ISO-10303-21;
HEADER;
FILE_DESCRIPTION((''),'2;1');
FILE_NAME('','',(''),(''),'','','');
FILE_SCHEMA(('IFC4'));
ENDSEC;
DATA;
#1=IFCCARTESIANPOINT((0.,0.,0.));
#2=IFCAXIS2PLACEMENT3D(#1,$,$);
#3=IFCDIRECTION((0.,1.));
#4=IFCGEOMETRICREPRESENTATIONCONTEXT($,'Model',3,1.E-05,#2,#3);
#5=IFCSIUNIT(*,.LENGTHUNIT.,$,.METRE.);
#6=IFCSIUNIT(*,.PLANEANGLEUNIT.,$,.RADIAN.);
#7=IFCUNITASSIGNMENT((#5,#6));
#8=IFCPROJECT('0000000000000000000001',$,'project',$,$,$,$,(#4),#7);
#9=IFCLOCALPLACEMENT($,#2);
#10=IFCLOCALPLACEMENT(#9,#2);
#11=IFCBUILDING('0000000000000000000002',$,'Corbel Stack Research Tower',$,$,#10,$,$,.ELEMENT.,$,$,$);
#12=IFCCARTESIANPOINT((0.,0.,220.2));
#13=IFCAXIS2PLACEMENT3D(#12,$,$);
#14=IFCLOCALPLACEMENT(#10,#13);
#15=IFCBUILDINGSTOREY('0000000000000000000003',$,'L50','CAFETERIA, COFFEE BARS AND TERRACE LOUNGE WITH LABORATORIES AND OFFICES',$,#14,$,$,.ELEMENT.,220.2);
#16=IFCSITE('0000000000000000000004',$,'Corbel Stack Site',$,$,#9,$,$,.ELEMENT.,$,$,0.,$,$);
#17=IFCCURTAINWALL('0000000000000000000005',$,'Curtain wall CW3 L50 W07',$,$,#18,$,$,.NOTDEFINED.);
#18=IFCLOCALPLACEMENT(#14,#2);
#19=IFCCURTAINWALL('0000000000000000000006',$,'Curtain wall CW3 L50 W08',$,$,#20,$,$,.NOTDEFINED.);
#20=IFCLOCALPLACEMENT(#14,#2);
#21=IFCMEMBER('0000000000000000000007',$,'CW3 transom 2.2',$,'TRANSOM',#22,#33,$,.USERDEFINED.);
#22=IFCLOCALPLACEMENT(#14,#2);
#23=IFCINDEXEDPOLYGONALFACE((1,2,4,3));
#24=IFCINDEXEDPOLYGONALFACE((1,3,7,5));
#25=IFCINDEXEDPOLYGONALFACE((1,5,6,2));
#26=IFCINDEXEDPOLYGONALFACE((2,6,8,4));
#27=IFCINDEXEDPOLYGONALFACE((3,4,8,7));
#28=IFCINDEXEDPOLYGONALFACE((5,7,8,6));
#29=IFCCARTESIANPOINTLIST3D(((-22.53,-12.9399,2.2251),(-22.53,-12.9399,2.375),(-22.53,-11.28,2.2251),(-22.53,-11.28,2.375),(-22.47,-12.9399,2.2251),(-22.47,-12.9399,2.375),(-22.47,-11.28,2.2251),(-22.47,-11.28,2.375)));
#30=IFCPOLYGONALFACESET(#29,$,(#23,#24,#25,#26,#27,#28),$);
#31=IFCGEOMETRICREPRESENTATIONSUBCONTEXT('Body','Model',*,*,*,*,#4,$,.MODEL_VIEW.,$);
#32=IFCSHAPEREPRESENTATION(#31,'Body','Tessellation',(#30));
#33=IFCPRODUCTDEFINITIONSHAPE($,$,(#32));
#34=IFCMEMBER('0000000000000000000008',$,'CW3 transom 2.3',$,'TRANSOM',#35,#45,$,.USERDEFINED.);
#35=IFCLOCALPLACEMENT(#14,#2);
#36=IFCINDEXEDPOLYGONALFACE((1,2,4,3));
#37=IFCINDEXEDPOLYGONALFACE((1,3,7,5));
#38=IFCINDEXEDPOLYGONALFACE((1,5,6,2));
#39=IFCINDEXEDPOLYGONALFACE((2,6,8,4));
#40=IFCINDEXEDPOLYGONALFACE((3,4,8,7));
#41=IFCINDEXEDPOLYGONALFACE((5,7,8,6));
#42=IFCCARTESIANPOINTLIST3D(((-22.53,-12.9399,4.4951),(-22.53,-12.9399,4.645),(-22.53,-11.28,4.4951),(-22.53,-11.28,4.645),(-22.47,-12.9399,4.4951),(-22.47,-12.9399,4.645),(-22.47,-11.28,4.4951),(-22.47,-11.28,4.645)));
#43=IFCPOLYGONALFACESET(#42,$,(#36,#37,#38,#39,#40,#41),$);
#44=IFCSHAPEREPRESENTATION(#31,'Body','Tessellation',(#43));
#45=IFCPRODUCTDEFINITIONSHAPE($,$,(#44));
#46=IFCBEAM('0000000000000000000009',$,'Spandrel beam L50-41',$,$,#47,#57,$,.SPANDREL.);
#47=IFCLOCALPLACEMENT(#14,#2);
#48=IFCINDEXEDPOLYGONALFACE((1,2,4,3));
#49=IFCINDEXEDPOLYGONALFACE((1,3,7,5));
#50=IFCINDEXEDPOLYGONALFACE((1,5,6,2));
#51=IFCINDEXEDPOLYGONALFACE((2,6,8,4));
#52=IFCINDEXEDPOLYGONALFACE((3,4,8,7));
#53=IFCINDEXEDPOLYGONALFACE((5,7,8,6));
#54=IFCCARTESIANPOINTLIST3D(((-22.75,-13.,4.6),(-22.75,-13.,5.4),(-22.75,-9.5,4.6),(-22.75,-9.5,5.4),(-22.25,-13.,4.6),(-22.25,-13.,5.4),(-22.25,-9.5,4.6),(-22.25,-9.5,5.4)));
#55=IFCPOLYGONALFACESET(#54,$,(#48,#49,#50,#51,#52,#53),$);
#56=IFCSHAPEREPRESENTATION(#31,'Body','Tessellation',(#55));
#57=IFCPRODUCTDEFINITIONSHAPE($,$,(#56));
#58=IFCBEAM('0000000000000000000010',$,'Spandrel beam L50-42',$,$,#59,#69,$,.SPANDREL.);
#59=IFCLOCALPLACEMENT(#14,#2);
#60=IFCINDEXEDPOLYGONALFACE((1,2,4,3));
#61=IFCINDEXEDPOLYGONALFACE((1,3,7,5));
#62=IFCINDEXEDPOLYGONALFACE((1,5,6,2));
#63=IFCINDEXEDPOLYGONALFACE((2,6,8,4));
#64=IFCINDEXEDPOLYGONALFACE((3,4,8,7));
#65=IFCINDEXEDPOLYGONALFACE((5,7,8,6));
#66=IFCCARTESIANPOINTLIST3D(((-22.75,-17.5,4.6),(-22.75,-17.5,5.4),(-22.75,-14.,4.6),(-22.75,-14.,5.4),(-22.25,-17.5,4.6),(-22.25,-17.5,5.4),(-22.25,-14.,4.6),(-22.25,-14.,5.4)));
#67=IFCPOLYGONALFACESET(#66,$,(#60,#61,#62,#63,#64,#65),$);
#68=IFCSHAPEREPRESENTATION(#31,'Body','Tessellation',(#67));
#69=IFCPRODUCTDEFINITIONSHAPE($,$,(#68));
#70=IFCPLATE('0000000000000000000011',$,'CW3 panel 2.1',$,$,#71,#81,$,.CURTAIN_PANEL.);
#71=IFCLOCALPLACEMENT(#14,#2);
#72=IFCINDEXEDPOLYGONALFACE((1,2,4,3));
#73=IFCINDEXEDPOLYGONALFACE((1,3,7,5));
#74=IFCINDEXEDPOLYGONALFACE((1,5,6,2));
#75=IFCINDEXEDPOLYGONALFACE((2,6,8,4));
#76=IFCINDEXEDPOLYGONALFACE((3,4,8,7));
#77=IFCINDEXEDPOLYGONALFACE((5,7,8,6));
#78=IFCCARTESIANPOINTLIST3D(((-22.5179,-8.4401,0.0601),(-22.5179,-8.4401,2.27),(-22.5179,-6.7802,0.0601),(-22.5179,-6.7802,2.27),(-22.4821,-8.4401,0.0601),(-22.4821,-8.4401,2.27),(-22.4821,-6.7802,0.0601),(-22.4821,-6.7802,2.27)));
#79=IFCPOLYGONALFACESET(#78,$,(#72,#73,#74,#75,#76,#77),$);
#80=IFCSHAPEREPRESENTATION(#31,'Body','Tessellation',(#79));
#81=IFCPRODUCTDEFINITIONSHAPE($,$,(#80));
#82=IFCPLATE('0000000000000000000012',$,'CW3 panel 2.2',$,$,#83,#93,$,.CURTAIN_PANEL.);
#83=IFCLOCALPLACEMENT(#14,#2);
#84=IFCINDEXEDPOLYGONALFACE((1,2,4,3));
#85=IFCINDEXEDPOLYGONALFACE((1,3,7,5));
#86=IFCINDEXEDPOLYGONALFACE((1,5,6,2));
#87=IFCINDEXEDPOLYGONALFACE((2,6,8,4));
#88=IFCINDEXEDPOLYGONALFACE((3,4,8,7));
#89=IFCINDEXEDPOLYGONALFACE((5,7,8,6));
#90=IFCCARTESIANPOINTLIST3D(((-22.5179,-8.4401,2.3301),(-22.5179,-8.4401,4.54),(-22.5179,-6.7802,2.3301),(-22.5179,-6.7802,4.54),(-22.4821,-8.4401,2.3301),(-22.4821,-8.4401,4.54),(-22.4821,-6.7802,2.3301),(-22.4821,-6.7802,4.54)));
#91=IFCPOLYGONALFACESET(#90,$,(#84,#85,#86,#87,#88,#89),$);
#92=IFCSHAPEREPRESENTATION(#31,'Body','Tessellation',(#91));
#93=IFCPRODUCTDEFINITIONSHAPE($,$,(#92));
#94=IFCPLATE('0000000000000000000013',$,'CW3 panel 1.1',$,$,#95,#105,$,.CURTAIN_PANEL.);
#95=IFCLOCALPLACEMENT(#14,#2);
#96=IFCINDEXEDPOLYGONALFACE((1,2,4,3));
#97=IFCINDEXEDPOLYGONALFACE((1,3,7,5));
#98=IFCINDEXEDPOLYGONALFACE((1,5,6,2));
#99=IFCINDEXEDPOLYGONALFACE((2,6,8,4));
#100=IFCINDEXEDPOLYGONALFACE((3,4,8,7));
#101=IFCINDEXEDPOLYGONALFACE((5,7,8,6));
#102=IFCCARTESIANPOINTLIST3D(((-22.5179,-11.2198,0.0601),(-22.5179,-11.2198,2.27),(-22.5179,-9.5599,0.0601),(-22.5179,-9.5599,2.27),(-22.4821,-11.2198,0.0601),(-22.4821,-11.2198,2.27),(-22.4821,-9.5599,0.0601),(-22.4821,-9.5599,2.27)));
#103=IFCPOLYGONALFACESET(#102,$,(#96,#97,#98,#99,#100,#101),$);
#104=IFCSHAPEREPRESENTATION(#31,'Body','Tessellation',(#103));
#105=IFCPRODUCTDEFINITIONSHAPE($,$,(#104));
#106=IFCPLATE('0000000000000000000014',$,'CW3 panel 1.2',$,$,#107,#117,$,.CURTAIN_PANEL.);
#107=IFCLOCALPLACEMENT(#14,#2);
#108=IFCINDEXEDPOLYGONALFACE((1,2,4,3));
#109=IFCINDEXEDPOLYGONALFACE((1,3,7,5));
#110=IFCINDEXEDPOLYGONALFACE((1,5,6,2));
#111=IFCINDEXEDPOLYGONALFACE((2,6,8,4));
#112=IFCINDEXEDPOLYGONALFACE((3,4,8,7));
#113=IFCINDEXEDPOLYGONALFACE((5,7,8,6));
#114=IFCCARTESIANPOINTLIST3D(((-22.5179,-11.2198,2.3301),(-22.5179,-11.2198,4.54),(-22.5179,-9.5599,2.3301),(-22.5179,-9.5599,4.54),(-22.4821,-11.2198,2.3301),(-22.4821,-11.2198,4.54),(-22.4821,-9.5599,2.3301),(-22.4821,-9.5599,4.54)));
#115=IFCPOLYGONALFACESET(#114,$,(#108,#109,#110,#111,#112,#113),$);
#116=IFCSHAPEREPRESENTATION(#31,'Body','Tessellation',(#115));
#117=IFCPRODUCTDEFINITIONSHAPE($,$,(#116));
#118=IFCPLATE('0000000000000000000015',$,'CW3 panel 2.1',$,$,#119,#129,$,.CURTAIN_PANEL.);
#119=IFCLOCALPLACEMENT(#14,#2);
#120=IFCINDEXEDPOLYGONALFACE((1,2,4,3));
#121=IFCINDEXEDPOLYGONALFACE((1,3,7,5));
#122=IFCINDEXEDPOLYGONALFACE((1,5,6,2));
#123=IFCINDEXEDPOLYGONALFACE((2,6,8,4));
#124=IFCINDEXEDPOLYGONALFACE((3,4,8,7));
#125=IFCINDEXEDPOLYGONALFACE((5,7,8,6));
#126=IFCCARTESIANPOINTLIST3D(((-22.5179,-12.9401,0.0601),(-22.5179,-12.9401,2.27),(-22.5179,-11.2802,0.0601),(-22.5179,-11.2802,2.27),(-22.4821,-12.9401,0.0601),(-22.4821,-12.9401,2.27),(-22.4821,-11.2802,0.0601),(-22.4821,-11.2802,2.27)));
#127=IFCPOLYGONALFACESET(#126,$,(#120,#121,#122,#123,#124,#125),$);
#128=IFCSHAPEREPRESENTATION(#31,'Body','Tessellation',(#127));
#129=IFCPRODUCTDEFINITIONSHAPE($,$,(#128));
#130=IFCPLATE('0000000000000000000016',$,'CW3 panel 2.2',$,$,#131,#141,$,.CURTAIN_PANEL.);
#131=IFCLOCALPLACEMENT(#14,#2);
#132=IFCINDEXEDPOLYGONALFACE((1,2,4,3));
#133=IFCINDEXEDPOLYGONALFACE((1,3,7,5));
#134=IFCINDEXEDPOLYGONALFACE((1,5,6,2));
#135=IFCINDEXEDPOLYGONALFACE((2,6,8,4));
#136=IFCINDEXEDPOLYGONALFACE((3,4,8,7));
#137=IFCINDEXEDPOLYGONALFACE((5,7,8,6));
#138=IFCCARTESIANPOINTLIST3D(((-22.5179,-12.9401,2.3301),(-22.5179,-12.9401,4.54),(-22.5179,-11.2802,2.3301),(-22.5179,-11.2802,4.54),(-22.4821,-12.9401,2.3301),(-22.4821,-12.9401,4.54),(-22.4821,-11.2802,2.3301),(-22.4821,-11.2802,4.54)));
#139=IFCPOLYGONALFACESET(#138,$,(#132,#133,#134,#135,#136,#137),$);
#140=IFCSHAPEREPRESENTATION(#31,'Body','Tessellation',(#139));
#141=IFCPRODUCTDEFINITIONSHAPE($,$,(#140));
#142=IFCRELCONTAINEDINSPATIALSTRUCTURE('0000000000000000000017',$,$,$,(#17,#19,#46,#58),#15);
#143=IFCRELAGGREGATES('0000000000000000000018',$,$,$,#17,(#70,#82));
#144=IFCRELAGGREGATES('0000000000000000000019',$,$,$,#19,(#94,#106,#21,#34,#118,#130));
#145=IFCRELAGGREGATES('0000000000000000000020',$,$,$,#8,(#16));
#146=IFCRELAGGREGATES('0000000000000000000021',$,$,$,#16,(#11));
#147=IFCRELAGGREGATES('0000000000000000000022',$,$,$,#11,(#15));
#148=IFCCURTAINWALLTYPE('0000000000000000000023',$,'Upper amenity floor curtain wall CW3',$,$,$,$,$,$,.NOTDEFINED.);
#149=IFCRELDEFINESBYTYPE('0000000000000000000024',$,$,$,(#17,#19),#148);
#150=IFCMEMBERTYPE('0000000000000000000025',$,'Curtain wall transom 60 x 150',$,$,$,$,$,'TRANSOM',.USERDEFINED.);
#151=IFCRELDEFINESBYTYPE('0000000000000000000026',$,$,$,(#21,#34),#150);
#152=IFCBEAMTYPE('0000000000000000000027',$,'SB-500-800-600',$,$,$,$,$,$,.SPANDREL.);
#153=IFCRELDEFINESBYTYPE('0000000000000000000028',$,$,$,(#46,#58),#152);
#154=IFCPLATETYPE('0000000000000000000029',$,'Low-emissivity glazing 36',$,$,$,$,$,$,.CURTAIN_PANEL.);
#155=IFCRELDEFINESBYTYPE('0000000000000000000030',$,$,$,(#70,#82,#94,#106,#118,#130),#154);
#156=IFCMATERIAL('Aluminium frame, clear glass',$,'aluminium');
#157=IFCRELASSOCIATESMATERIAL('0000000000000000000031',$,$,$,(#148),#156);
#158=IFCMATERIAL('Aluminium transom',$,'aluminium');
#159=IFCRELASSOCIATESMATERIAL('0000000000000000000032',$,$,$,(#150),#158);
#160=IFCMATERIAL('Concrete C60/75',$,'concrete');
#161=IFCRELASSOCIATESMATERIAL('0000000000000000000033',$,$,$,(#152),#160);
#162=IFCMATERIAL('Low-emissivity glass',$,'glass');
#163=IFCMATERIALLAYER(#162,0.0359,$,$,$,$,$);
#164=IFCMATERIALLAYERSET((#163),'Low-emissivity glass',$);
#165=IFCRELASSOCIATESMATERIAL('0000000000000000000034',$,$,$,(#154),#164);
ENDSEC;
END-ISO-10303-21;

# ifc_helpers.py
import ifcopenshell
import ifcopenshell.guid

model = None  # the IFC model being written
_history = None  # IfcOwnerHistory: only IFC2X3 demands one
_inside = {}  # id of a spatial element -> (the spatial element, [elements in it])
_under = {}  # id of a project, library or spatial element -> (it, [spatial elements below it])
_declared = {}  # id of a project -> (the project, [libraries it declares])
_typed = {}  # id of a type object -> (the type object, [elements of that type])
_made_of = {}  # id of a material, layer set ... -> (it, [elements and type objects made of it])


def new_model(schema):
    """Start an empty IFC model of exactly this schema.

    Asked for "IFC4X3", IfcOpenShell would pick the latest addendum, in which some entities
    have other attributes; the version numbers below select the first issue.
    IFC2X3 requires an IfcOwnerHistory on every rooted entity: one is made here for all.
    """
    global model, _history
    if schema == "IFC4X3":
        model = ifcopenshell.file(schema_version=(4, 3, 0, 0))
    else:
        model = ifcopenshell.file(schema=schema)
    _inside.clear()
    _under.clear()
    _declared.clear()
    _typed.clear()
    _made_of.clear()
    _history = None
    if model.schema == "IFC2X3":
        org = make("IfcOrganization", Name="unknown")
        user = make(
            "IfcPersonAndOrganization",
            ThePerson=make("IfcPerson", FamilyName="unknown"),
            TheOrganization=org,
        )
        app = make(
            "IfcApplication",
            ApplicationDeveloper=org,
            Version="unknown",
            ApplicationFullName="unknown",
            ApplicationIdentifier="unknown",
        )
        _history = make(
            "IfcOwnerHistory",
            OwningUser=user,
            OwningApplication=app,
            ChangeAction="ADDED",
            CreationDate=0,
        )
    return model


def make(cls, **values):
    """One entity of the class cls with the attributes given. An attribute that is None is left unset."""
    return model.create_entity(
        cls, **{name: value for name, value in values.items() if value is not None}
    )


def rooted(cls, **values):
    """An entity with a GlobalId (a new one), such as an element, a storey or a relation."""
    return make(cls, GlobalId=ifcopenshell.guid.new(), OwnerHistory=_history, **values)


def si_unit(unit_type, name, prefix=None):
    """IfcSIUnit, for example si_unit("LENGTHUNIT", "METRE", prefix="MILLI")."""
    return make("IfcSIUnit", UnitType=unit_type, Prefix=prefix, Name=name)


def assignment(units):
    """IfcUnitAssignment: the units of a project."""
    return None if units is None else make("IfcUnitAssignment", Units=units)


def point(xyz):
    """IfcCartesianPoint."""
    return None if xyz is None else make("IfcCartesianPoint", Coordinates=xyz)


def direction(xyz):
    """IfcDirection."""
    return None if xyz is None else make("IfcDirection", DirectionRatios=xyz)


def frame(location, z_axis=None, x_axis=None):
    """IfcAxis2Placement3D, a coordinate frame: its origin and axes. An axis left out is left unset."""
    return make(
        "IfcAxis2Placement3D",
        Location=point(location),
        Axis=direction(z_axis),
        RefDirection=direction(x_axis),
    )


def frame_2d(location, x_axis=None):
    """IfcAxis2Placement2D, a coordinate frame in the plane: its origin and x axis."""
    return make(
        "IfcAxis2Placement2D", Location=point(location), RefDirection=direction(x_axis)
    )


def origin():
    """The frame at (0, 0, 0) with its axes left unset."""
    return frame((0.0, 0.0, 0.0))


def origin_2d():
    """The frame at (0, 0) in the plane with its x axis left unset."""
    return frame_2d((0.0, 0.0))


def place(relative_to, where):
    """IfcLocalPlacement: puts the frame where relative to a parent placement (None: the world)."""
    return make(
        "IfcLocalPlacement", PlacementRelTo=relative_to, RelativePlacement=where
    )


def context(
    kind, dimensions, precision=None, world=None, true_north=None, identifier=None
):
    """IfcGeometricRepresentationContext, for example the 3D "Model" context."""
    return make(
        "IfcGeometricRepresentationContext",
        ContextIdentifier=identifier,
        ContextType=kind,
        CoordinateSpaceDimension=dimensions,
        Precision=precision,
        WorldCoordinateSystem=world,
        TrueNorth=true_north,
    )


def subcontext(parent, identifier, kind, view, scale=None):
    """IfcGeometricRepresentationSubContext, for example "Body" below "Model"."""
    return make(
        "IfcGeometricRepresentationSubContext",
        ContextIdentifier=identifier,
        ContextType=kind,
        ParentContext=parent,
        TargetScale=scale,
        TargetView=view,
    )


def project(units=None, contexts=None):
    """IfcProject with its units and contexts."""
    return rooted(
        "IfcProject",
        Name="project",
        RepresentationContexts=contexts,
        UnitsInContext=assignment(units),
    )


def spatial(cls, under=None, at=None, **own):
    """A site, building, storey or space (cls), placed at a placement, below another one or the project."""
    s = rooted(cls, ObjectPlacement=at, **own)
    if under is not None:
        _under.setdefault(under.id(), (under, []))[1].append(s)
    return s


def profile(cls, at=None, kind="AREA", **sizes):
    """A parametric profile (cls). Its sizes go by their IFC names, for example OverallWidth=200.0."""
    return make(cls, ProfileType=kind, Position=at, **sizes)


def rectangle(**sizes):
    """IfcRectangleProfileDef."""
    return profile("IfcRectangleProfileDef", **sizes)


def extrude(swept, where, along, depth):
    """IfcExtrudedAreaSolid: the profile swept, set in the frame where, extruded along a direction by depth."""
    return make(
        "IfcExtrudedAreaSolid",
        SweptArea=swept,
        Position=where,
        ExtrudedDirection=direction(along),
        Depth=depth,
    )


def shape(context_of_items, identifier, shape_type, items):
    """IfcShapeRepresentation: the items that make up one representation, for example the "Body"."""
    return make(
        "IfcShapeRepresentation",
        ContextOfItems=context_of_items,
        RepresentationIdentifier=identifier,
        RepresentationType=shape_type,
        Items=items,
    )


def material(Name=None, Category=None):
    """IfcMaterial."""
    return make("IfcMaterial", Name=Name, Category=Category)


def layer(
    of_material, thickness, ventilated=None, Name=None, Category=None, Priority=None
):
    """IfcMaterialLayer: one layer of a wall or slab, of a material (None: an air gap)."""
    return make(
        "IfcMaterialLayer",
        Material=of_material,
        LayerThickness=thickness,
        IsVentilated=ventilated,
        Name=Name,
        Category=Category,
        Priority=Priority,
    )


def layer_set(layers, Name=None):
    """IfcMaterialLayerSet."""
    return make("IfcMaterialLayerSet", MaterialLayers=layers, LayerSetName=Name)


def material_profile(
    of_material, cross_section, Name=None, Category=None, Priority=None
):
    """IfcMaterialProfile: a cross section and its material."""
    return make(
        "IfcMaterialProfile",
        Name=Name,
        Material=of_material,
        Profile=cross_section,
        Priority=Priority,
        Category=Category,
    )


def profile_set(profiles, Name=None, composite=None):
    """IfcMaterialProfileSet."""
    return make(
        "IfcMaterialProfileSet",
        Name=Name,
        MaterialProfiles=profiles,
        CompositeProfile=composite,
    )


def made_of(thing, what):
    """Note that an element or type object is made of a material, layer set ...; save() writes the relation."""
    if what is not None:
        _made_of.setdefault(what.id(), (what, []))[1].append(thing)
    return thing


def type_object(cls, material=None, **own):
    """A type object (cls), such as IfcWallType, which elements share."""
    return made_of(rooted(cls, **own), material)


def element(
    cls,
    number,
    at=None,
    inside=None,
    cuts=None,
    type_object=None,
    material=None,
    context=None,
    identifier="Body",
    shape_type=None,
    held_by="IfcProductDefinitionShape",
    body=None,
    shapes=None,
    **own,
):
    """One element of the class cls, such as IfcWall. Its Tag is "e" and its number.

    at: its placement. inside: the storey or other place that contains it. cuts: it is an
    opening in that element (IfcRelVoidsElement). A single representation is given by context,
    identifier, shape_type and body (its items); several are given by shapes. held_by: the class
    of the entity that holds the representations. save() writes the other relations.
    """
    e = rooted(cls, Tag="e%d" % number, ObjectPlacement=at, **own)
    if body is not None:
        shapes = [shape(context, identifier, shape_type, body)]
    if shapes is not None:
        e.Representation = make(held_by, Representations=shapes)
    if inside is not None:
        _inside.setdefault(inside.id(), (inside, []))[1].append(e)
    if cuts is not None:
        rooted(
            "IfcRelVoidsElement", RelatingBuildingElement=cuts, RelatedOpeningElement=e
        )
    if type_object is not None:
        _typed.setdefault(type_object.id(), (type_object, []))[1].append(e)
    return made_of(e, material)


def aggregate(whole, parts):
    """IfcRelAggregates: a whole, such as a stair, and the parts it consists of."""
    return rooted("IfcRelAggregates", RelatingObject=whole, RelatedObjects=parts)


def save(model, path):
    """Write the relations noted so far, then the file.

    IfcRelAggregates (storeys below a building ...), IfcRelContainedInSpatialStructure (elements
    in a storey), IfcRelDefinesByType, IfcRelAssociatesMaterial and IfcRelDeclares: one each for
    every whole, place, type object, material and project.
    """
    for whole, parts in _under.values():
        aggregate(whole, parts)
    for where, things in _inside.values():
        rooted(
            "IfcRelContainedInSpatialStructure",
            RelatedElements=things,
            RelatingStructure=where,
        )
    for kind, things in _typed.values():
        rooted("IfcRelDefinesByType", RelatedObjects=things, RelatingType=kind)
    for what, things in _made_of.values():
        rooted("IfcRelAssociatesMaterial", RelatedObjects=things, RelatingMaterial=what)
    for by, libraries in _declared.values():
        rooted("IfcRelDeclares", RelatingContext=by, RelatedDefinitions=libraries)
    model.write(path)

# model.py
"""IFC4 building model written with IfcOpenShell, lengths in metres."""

from ifc_helpers import new_model, si_unit, direction, frame, origin, origin_2d, place, context, subcontext, project, spatial, rectangle, extrude, material, layer, layer_set, material_profile, profile_set, type_object, element, aggregate, save


model = new_model("IFC4")

# Units and contexts
model_context = context("Model", 3, precision=1e-05, world=origin(), true_north=direction((0.0, 1.0)))
body_context = subcontext(model_context, "Body", "Model", "MODEL_VIEW")
ifc_project = project(units=[si_unit("LENGTHUNIT", "METRE"), si_unit("PLANEANGLEUNIT", "RADIAN")], contexts=[model_context])

# Site, building, storey
site_placement = place(None, origin())
site = spatial("IfcSite", under=ifc_project, at=site_placement, Name="Corbel Stack Site", CompositionType="ELEMENT", RefElevation=0.0)
building_placement = place(site_placement, origin())
building = spatial("IfcBuilding", under=site, at=building_placement, Name="Corbel Stack Research Tower", CompositionType="ELEMENT")
storey_placement = place(building_placement, frame((0.0, 0.0, 220.2)))
storey = spatial("IfcBuildingStorey", under=building, at=storey_placement, Name="L50", Description="CAFETERIA, COFFEE BARS AND TERRACE LOUNGE WITH LABORATORIES AND OFFICES", CompositionType="ELEMENT", Elevation=220.2)

# Curtain wall
ifc_material_1 = material(Name="Aluminium frame, clear glass", Category="aluminium")
curtain_wall_type = type_object("IfcCurtainWallType", Name="Upper amenity floor curtain wall CW3", PredefinedType="NOTDEFINED", material=ifc_material_1)
curtain_wall_1_placement = place(storey_placement, origin())
curtain_wall_1 = element("IfcCurtainWall", 1, at=curtain_wall_1_placement, inside=storey, type_object=curtain_wall_type, Name="Curtain wall CW3 L50 W07", PredefinedType="NOTDEFINED")

# Curtain wall
curtain_wall_2_placement = place(storey_placement, origin())
curtain_wall_2 = element("IfcCurtainWall", 2, at=curtain_wall_2_placement, inside=storey, type_object=curtain_wall_type, Name="Curtain wall CW3 L50 W08", PredefinedType="NOTDEFINED")

# Members
ifc_material_2 = material(Name="Aluminium transom", Category="aluminium")
ifc_material_profile_1 = material_profile(ifc_material_2, rectangle(XDim=0.0601, YDim=0.1499, at=origin_2d()), Name="Transom 60 x 150")
ifc_profile_set_1 = profile_set([ifc_material_profile_1], Name="Aluminium transom")
member_type_1 = type_object("IfcMemberType", Name="Curtain wall transom 60 x 150", ElementType="TRANSOM", PredefinedType="USERDEFINED", material=ifc_profile_set_1)
member_1_placement = place(storey_placement, frame((-22.5, -11.28, 2.3), z_axis=(0.0, -1.0, 0.0), x_axis=(1.0, 0.0, 0.0)))
member_1 = element("IfcMember", 3, at=member_1_placement, type_object=member_type_1, Name="CW3 transom 2.2", ObjectType="TRANSOM", PredefinedType="USERDEFINED", context=body_context, shape_type="SweptSolid", body=[
    extrude(rectangle(XDim=0.0601, YDim=0.1499, at=origin_2d()), origin(), (0.0, 0.0, 1.0), 1.6599),
])
member_2_placement = place(storey_placement, frame((-22.5, -11.28, 4.5701), z_axis=(0.0, -1.0, 0.0), x_axis=(1.0, 0.0, 0.0)))
member_2 = element("IfcMember", 4, at=member_2_placement, type_object=member_type_1, Name="CW3 transom 2.3", ObjectType="TRANSOM", PredefinedType="USERDEFINED", context=body_context, shape_type="SweptSolid", body=[
    extrude(rectangle(XDim=0.0601, YDim=0.1499, at=origin_2d()), origin(), (0.0, 0.0, 1.0), 1.6599),
])

# Beams
ifc_material_3 = material(Name="Concrete C60/75", Category="concrete")
ifc_material_profile_2 = material_profile(ifc_material_3, rectangle(XDim=0.5, YDim=0.8, at=origin_2d()), Name="RC 500 x 800")
ifc_profile_set_2 = profile_set([ifc_material_profile_2], Name="Concrete C60/75")
beam_type = type_object("IfcBeamType", Name="SB-500-800-600", PredefinedType="SPANDREL", material=ifc_profile_set_2)
for number, where, z_axis, x_axis, name in (
    (5, (-22.5, -9.5, 5.0), (0.0, -1.0, 0.0), (1.0, 0.0, 0.0), "Spandrel beam L50-41"),
    (6, (-22.5, -14.0, 5.0), (0.0, -1.0, 0.0), (1.0, 0.0, 0.0), "Spandrel beam L50-42"),
):
    element("IfcBeam", number, at=place(storey_placement, frame(where, z_axis=z_axis, x_axis=x_axis)), inside=storey, type_object=beam_type, Name=name, PredefinedType="SPANDREL", context=body_context, shape_type="SweptSolid", body=[
        extrude(rectangle(XDim=0.5, YDim=0.8, at=origin_2d()), origin(), (0.0, 0.0, 1.0), 3.5),
    ])

# Plates
ifc_material_4 = material(Name="Low-emissivity glass", Category="glass")
ifc_layer = layer(ifc_material_4, 0.0359)
ifc_layer_set = layer_set([ifc_layer], Name="Low-emissivity glass")
plate_type = type_object("IfcPlateType", Name="Low-emissivity glazing 36", PredefinedType="CURTAIN_PANEL", material=ifc_layer_set)
plate_1_placement = place(storey_placement, frame((-22.5, -7.6101, 0.0601), z_axis=(0.0, 0.0, 1.0), x_axis=(0.0, -1.0, 0.0)))
plate_1 = element("IfcPlate", 7, at=plate_1_placement, type_object=plate_type, Name="CW3 panel 2.1", PredefinedType="CURTAIN_PANEL", context=body_context, shape_type="SweptSolid", body=[
    extrude(rectangle(XDim=1.6599, YDim=0.0359, at=origin_2d()), origin(), (0.0, 0.0, 1.0), 2.21),
])
plate_2_placement = place(storey_placement, frame((-22.5, -7.6101, 2.3301), z_axis=(0.0, 0.0, 1.0), x_axis=(0.0, -1.0, 0.0)))
plate_2 = element("IfcPlate", 8, at=plate_2_placement, type_object=plate_type, Name="CW3 panel 2.2", PredefinedType="CURTAIN_PANEL", context=body_context, shape_type="SweptSolid", body=[
    extrude(rectangle(XDim=1.6599, YDim=0.0359, at=origin_2d()), origin(), (0.0, 0.0, 1.0), 2.21),
])
aggregate(curtain_wall_1, [plate_1, plate_2])
plate_3_placement = place(storey_placement, frame((-22.5, -10.3899, 0.0601), z_axis=(0.0, 0.0, 1.0), x_axis=(0.0, -1.0, 0.0)))
plate_3 = element("IfcPlate", 9, at=plate_3_placement, type_object=plate_type, Name="CW3 panel 1.1", PredefinedType="CURTAIN_PANEL", context=body_context, shape_type="SweptSolid", body=[
    extrude(rectangle(XDim=1.6599, YDim=0.0359, at=origin_2d()), origin(), (0.0, 0.0, 1.0), 2.21),
])
plate_4_placement = place(storey_placement, frame((-22.5, -10.3899, 2.3301), z_axis=(0.0, 0.0, 1.0), x_axis=(0.0, -1.0, 0.0)))
plate_4 = element("IfcPlate", 10, at=plate_4_placement, type_object=plate_type, Name="CW3 panel 1.2", PredefinedType="CURTAIN_PANEL", context=body_context, shape_type="SweptSolid", body=[
    extrude(rectangle(XDim=1.6599, YDim=0.0359, at=origin_2d()), origin(), (0.0, 0.0, 1.0), 2.21),
])
plate_5_placement = place(storey_placement, frame((-22.5, -12.1101, 0.0601), z_axis=(0.0, 0.0, 1.0), x_axis=(0.0, -1.0, 0.0)))
plate_5 = element("IfcPlate", 11, at=plate_5_placement, type_object=plate_type, Name="CW3 panel 2.1", PredefinedType="CURTAIN_PANEL", context=body_context, shape_type="SweptSolid", body=[
    extrude(rectangle(XDim=1.6599, YDim=0.0359, at=origin_2d()), origin(), (0.0, 0.0, 1.0), 2.21),
])
plate_6_placement = place(storey_placement, frame((-22.5, -12.1101, 2.3301), z_axis=(0.0, 0.0, 1.0), x_axis=(0.0, -1.0, 0.0)))
plate_6 = element("IfcPlate", 12, at=plate_6_placement, type_object=plate_type, Name="CW3 panel 2.2", PredefinedType="CURTAIN_PANEL", context=body_context, shape_type="SweptSolid", body=[
    extrude(rectangle(XDim=1.6599, YDim=0.0359, at=origin_2d()), origin(), (0.0, 0.0, 1.0), 2.21),
])
aggregate(curtain_wall_2, [plate_3, plate_4, member_1, member_2, plate_5, plate_6])

save(model, "model.ifc")
